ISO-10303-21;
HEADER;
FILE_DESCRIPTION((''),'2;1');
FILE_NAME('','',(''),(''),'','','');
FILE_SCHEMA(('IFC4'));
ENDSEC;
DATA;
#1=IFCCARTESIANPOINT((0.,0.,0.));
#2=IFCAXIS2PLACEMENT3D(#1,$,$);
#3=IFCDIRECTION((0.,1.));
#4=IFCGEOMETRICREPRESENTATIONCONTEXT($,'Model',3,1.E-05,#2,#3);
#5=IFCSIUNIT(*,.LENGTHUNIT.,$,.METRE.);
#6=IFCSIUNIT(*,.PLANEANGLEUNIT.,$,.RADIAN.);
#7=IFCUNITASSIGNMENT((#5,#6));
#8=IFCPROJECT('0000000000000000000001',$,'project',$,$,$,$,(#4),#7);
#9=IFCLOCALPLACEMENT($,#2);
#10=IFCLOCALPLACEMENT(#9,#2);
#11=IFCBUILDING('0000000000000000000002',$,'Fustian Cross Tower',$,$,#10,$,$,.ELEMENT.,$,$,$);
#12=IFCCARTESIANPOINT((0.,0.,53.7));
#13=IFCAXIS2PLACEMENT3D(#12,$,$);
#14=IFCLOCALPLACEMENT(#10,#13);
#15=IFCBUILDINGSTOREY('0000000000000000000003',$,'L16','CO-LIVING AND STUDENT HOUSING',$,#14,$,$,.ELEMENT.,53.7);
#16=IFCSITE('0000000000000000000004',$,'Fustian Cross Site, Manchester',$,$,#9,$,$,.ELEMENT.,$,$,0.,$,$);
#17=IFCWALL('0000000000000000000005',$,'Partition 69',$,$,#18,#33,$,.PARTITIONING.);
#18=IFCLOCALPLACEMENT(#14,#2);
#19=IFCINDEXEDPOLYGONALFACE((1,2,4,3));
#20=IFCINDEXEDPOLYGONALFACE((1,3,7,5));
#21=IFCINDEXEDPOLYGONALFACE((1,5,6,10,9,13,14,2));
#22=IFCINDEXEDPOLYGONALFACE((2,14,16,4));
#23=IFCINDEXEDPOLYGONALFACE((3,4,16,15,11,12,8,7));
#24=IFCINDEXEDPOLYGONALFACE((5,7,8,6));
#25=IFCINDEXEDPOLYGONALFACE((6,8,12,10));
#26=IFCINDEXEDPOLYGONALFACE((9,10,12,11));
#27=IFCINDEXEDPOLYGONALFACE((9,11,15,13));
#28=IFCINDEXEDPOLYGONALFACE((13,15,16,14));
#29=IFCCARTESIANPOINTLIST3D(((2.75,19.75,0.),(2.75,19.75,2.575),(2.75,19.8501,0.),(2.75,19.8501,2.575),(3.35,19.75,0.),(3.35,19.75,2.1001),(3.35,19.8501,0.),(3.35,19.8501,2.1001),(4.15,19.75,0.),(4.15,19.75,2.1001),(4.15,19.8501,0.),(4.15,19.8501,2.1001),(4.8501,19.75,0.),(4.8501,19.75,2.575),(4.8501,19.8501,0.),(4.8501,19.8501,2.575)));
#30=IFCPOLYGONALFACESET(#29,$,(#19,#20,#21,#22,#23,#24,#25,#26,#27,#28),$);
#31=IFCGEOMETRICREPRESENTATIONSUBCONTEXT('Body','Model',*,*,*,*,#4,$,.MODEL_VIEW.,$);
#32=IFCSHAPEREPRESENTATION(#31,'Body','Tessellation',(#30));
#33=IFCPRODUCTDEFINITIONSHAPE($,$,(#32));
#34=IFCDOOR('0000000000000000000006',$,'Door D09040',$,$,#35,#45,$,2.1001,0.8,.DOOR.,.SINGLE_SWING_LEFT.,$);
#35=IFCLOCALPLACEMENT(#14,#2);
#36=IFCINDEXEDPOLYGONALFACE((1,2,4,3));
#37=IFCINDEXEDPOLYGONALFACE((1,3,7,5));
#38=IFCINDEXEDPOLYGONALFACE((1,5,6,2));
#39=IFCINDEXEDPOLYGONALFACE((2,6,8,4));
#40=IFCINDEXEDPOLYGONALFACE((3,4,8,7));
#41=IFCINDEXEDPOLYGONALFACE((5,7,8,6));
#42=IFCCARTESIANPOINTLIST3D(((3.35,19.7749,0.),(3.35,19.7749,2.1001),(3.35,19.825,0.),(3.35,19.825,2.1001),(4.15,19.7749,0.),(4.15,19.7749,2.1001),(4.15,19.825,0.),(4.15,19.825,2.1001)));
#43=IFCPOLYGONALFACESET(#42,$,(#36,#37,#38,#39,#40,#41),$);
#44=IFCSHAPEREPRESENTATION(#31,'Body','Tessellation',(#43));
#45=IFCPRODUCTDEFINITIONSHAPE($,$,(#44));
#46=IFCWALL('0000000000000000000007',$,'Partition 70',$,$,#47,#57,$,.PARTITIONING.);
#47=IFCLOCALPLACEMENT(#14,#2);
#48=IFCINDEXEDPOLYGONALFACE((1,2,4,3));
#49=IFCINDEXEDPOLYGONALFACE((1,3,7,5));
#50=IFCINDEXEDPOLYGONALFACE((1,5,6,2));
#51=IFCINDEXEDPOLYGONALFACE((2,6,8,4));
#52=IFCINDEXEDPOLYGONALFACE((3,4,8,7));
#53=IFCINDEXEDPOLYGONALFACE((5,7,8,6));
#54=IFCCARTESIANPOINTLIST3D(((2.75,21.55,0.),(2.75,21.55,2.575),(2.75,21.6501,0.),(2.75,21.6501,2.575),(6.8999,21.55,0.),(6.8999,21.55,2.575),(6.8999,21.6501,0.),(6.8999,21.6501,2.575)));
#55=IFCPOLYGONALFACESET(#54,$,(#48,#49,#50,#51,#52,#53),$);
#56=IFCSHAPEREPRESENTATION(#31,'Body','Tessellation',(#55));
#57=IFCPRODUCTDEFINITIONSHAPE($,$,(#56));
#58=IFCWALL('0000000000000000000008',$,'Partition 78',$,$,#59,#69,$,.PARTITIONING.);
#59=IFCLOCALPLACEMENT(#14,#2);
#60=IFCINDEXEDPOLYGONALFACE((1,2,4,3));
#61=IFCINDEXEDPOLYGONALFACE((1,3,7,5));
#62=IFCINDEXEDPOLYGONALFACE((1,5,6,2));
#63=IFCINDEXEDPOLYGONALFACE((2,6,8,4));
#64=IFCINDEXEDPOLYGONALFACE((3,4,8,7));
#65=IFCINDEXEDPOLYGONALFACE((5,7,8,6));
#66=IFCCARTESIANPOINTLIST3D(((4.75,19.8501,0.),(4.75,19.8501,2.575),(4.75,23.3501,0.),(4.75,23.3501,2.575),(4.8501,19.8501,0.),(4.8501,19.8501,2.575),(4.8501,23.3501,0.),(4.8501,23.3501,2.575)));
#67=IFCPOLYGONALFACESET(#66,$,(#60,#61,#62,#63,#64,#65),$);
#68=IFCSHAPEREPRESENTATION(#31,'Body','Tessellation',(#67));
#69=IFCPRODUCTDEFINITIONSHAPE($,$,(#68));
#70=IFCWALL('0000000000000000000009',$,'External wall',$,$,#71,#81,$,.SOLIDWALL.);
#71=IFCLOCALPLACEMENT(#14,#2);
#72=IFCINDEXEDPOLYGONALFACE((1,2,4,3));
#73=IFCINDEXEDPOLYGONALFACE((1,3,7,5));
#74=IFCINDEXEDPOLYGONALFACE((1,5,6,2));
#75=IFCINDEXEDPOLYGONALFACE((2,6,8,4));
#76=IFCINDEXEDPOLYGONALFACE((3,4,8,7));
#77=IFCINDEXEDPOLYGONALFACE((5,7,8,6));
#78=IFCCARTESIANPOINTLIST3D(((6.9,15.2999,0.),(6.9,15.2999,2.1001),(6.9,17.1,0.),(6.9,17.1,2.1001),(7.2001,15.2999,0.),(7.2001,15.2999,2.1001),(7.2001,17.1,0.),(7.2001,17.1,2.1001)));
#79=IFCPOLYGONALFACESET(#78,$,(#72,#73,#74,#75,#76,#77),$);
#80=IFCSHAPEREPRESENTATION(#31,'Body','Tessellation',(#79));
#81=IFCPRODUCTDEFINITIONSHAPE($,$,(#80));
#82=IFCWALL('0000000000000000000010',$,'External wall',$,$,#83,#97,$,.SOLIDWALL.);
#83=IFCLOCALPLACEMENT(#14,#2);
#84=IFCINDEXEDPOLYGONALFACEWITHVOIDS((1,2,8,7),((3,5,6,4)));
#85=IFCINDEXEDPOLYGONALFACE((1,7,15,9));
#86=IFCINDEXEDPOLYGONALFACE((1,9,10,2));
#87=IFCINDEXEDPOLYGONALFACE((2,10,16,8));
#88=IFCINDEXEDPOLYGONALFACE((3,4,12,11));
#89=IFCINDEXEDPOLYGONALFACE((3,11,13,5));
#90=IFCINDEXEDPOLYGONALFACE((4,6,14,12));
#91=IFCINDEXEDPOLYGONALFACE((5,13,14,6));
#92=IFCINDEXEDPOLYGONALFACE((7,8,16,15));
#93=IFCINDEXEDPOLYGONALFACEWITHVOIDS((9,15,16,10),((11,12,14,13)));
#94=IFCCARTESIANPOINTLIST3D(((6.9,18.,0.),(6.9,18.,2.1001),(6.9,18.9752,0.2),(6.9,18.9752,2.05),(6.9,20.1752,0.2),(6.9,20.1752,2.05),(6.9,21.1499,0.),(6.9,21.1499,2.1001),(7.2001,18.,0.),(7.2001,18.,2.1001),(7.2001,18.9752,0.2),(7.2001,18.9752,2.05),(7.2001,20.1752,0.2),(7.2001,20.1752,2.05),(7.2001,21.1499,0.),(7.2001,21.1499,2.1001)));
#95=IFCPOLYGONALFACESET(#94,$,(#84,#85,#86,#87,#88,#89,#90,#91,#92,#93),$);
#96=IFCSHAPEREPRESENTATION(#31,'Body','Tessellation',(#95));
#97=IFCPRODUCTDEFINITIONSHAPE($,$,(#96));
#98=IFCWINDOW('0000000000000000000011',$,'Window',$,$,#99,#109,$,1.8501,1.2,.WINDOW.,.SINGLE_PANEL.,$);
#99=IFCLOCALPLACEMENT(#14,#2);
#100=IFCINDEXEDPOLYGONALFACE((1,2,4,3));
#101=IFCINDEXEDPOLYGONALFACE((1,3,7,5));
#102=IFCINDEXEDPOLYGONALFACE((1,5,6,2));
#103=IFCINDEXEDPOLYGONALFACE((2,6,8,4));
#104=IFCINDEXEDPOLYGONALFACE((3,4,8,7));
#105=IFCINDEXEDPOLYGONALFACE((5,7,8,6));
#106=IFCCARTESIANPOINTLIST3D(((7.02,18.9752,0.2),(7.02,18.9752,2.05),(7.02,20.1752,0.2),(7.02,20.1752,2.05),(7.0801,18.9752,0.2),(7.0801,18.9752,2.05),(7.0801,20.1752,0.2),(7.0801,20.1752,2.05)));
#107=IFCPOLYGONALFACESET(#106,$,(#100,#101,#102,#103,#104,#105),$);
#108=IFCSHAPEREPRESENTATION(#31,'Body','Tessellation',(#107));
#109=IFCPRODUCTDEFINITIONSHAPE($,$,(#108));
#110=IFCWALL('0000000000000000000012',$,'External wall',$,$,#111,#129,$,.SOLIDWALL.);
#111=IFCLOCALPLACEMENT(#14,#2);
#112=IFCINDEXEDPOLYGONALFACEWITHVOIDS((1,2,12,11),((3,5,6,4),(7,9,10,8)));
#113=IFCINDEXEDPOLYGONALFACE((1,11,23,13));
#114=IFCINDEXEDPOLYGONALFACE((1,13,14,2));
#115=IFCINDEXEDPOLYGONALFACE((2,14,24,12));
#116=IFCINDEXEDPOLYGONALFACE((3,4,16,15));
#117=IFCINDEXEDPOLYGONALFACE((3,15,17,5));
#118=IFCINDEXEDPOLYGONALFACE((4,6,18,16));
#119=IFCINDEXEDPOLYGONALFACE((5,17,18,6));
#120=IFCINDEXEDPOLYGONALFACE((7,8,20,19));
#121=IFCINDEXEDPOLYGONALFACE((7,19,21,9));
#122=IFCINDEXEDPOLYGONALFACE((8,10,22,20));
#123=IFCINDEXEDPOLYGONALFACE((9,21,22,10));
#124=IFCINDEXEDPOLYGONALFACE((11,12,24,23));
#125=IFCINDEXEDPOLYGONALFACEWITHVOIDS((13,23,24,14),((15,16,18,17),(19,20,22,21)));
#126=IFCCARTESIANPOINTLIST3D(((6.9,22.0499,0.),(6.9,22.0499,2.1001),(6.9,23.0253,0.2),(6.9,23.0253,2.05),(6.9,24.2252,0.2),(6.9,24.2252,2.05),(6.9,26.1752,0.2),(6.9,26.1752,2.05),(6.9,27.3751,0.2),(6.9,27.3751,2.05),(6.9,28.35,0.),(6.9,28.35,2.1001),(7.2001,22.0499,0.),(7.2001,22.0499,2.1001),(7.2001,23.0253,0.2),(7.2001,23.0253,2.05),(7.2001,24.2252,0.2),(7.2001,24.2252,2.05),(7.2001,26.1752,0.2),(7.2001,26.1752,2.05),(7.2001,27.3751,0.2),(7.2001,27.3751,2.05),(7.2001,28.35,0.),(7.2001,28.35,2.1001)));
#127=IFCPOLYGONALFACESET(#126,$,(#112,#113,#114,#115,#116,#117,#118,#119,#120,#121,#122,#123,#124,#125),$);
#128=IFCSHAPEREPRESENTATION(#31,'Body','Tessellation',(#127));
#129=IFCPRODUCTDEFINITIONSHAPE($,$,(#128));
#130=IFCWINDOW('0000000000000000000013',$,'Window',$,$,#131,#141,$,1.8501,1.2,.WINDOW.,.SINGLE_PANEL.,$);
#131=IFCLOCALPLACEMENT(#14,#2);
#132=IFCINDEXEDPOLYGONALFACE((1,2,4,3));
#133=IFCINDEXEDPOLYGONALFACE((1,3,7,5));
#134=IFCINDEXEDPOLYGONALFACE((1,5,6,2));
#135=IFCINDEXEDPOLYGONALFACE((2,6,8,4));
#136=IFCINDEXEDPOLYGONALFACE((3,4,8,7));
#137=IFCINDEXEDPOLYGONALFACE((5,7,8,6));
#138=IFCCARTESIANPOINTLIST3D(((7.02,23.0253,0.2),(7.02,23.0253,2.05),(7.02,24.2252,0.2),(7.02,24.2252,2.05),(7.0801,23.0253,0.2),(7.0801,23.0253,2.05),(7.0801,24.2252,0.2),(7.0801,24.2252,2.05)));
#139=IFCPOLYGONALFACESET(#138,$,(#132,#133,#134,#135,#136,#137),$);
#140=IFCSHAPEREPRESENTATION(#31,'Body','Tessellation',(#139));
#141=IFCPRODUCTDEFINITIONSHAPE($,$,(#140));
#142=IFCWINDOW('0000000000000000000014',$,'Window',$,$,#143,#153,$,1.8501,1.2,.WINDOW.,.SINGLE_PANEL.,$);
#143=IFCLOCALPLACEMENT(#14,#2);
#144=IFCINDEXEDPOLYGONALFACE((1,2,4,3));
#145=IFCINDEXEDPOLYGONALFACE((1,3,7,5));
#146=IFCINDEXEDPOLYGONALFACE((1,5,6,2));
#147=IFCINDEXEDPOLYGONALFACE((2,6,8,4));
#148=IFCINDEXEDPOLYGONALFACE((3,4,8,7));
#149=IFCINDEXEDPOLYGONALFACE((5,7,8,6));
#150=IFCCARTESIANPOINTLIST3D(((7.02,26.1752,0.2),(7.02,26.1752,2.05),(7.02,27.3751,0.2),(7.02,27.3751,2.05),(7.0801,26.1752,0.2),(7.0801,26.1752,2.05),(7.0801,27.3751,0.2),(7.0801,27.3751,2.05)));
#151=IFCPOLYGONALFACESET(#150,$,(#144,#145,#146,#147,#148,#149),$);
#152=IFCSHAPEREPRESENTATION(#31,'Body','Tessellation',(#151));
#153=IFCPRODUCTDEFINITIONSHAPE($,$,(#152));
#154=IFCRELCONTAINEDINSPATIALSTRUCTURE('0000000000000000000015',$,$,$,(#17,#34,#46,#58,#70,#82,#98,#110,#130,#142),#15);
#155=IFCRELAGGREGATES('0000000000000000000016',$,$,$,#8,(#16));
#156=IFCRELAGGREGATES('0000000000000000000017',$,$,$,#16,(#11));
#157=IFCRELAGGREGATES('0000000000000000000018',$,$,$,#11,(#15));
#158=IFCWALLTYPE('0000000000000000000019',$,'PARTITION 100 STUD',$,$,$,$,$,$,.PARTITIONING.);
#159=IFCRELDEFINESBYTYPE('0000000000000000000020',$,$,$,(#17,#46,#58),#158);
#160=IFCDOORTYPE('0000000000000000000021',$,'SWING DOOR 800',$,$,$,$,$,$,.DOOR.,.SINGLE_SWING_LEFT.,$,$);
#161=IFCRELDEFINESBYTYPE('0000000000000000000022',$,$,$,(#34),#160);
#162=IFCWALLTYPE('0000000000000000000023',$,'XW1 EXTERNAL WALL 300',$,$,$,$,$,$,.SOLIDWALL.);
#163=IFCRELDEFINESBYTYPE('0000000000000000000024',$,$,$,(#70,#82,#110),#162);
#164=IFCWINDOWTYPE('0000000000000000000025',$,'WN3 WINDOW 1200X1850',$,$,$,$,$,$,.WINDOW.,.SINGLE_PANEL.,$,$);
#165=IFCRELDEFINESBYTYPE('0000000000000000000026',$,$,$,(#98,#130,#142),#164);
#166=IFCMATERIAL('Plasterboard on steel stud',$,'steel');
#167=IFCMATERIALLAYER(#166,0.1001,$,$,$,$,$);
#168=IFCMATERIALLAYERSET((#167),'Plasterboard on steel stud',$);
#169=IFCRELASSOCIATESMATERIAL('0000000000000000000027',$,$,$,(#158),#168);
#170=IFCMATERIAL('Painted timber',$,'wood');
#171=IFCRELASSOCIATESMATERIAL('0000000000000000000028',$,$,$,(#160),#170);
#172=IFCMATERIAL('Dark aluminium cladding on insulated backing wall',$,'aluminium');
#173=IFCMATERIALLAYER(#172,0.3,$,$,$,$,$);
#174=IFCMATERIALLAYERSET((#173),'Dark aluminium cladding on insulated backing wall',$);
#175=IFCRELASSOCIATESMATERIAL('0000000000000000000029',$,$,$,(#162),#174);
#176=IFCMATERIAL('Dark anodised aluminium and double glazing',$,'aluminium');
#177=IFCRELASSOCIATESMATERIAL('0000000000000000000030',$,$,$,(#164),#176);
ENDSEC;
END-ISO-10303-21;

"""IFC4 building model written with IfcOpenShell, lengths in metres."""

from ifc_helpers import new_model, si_unit, direction, frame, frame_2d, origin, place, context, subcontext, project, spatial, rectangle, extrude, material, layer, layer_set, type_object, element, fill, save


model = new_model("IFC4")

# Units and contexts
model_context = context("Model", 3, precision=1e-05, world=origin(), true_north=direction((0.0, 1.0)))
body_context = subcontext(model_context, "Body", "Model", "MODEL_VIEW")
ifc_project = project(units=[si_unit("LENGTHUNIT", "METRE"), si_unit("PLANEANGLEUNIT", "RADIAN")], contexts=[model_context])

# Site, building, storey
site_placement = place(None, origin())
site = spatial("IfcSite", under=ifc_project, at=site_placement, Name="Fustian Cross Site, Manchester", CompositionType="ELEMENT", RefElevation=0.0)
building_placement = place(site_placement, origin())
building = spatial("IfcBuilding", under=site, at=building_placement, Name="Fustian Cross Tower", CompositionType="ELEMENT")
storey_placement = place(building_placement, frame((0.0, 0.0, 53.7)))
storey = spatial("IfcBuildingStorey", under=building, at=storey_placement, Name="L16", Description="CO-LIVING AND STUDENT HOUSING", CompositionType="ELEMENT", Elevation=53.7)

# Shared definitions
ifc_material_1 = material(Name="Plasterboard on steel stud", Category="steel")
ifc_layer_1 = layer(ifc_material_1, 0.1001)
ifc_layer_set_1 = layer_set([ifc_layer_1], Name="Plasterboard on steel stud")
wall_type_1 = type_object("IfcWallType", Name="PARTITION 100 STUD", PredefinedType="PARTITIONING", material=ifc_layer_set_1)

# Wall, opening, door
wall_1_placement = place(storey_placement, frame((2.75, 19.8, 0.0), z_axis=(0.0, 0.0, 1.0), x_axis=(1.0, 0.0, 0.0)))
wall_1 = element("IfcWall", 1, at=wall_1_placement, inside=storey, type_object=wall_type_1, Name="Partition 69", PredefinedType="PARTITIONING", context=body_context, shape_type="SweptSolid", body=[
    extrude(rectangle(XDim=2.1001, YDim=0.1001, at=frame_2d((1.05, 0.0))), origin(), (0.0, 0.0, 1.0), 2.575),
])
opening_1_placement = place(wall_1_placement, frame((0.6001, 0.0, 0.0)))
opening_1 = element("IfcOpeningElement", 2, at=opening_1_placement, cuts=wall_1, PredefinedType="OPENING", context=body_context, shape_type="SweptSolid", body=[
    extrude(rectangle(XDim=0.8, YDim=2.1001, at=frame_2d((0.3999, 1.05))), frame((0.0, 0.0601, 0.0), z_axis=(0.0, -1.0, 0.0), x_axis=(1.0, 0.0, 0.0)), (0.0, 0.0, 1.0), 0.1201),
])
ifc_material_2 = material(Name="Painted timber", Category="wood")
door_type_1 = type_object("IfcDoorType", Name="SWING DOOR 800", OperationType="SINGLE_SWING_LEFT", PredefinedType="DOOR", material=ifc_material_2)
door_1_placement = place(opening_1_placement, origin())
door_1 = element("IfcDoor", 3, at=door_1_placement, inside=storey, type_object=door_type_1, Name="Door D09040", OperationType="SINGLE_SWING_LEFT", OverallHeight=2.1001, OverallWidth=0.8, PredefinedType="DOOR", context=body_context, shape_type="SweptSolid", body=[
    extrude(rectangle(XDim=0.8, YDim=2.1001, at=frame_2d((0.3999, 1.05))), frame((0.0, 0.0249, 0.0), z_axis=(0.0, -1.0, 0.0), x_axis=(1.0, 0.0, 0.0)), (0.0, 0.0, 1.0), 0.05),
])
fill(opening_1, door_1)

# Walls
wall_2_placement = place(storey_placement, frame((2.75, 21.6001, 0.0), z_axis=(0.0, 0.0, 1.0), x_axis=(1.0, 0.0, 0.0)))
element("IfcWall", 4, at=wall_2_placement, inside=storey, type_object=wall_type_1, Name="Partition 70", PredefinedType="PARTITIONING", context=body_context, shape_type="SweptSolid", body=[
    extrude(rectangle(XDim=4.1499, YDim=0.1001, at=frame_2d((2.075, 0.0))), origin(), (0.0, 0.0, 1.0), 2.575),
])
wall_3_placement = place(storey_placement, frame((4.8, 19.8501, 0.0), z_axis=(0.0, 0.0, 1.0), x_axis=(0.0, 1.0, 0.0)))
element("IfcWall", 5, at=wall_3_placement, inside=storey, type_object=wall_type_1, Name="Partition 78", PredefinedType="PARTITIONING", context=body_context, shape_type="SweptSolid", body=[
    extrude(rectangle(XDim=3.5, YDim=0.1001, at=frame_2d((1.75, 0.0))), origin(), (0.0, 0.0, 1.0), 2.575),
])
ifc_material_3 = material(Name="Dark aluminium cladding on insulated backing wall", Category="aluminium")
ifc_layer_2 = layer(ifc_material_3, 0.3)
ifc_layer_set_2 = layer_set([ifc_layer_2], Name="Dark aluminium cladding on insulated backing wall")
wall_type_2 = type_object("IfcWallType", Name="XW1 EXTERNAL WALL 300", PredefinedType="SOLIDWALL", material=ifc_layer_set_2)
wall_4_placement = place(storey_placement, frame((7.05, 15.3, 0.0), z_axis=(0.0, 0.0, 1.0), x_axis=(0.0, 1.0, 0.0)))
element("IfcWall", 6, at=wall_4_placement, inside=storey, type_object=wall_type_2, Name="External wall", PredefinedType="SOLIDWALL", context=body_context, shape_type="SweptSolid", body=[
    extrude(rectangle(XDim=1.8, YDim=0.3, at=frame_2d((0.8999, 0.0))), origin(), (0.0, 0.0, 1.0), 2.1001),
])

# Wall, opening, window
wall_5_placement = place(storey_placement, frame((7.05, 18.0, 0.0), z_axis=(0.0, 0.0, 1.0), x_axis=(0.0, 1.0, 0.0)))
wall_5 = element("IfcWall", 7, at=wall_5_placement, inside=storey, type_object=wall_type_2, Name="External wall", PredefinedType="SOLIDWALL", context=body_context, shape_type="SweptSolid", body=[
    extrude(rectangle(XDim=3.1499, YDim=0.3, at=frame_2d((1.575, 0.0))), origin(), (0.0, 0.0, 1.0), 2.1001),
])
opening_2_placement = place(wall_5_placement, frame((0.9751, 0.0, 0.2)))
opening_2 = element("IfcOpeningElement", 8, at=opening_2_placement, cuts=wall_5, PredefinedType="OPENING", context=body_context, shape_type="SweptSolid", body=[
    extrude(rectangle(XDim=1.2, YDim=1.8501, at=frame_2d((0.6001, 0.925))), frame((0.0, 0.1599, 0.0), z_axis=(0.0, -1.0, 0.0), x_axis=(1.0, 0.0, 0.0)), (0.0, 0.0, 1.0), 0.3201),
])
ifc_material_4 = material(Name="Dark anodised aluminium and double glazing", Category="aluminium")
window_type = type_object("IfcWindowType", Name="WN3 WINDOW 1200X1850", PartitioningType="SINGLE_PANEL", PredefinedType="WINDOW", material=ifc_material_4)
window_1_placement = place(opening_2_placement, origin())
window_1 = element("IfcWindow", 9, at=window_1_placement, inside=storey, type_object=window_type, Name="Window", OverallHeight=1.8501, OverallWidth=1.2, PartitioningType="SINGLE_PANEL", PredefinedType="WINDOW", context=body_context, shape_type="SweptSolid", body=[
    extrude(rectangle(XDim=1.2, YDim=1.8501, at=frame_2d((0.6001, 0.925))), frame((0.0, 0.03, 0.0), z_axis=(0.0, -1.0, 0.0), x_axis=(1.0, 0.0, 0.0)), (0.0, 0.0, 1.0), 0.0601),
])
fill(opening_2, window_1)

# Wall, openings, windows
wall_6_placement = place(storey_placement, frame((7.05, 22.05, 0.0), z_axis=(0.0, 0.0, 1.0), x_axis=(0.0, 1.0, 0.0)))
wall_6 = element("IfcWall", 10, at=wall_6_placement, inside=storey, type_object=wall_type_2, Name="External wall", PredefinedType="SOLIDWALL", context=body_context, shape_type="SweptSolid", body=[
    extrude(rectangle(XDim=6.3, YDim=0.3, at=frame_2d((3.1499, 0.0))), origin(), (0.0, 0.0, 1.0), 2.1001),
])
opening_3_placement = place(wall_6_placement, frame((0.9751, 0.0, 0.2)))
opening_3 = element("IfcOpeningElement", 11, at=opening_3_placement, cuts=wall_6, PredefinedType="OPENING", context=body_context, shape_type="SweptSolid", body=[
    extrude(rectangle(XDim=1.2, YDim=1.8501, at=frame_2d((0.6001, 0.925))), frame((0.0, 0.1599, 0.0), z_axis=(0.0, -1.0, 0.0), x_axis=(1.0, 0.0, 0.0)), (0.0, 0.0, 1.0), 0.3201),
])
opening_4_placement = place(wall_6_placement, frame((4.125, 0.0, 0.2)))
opening_4 = element("IfcOpeningElement", 12, at=opening_4_placement, cuts=wall_6, PredefinedType="OPENING", context=body_context, shape_type="SweptSolid", body=[
    extrude(rectangle(XDim=1.2, YDim=1.8501, at=frame_2d((0.6001, 0.925))), frame((0.0, 0.1599, 0.0), z_axis=(0.0, -1.0, 0.0), x_axis=(1.0, 0.0, 0.0)), (0.0, 0.0, 1.0), 0.3201),
])
window_2_placement = place(opening_3_placement, origin())
window_2 = element("IfcWindow", 13, at=window_2_placement, inside=storey, type_object=window_type, Name="Window", OverallHeight=1.8501, OverallWidth=1.2, PartitioningType="SINGLE_PANEL", PredefinedType="WINDOW", context=body_context, shape_type="SweptSolid", body=[
    extrude(rectangle(XDim=1.2, YDim=1.8501, at=frame_2d((0.6001, 0.925))), frame((0.0, 0.03, 0.0), z_axis=(0.0, -1.0, 0.0), x_axis=(1.0, 0.0, 0.0)), (0.0, 0.0, 1.0), 0.0601),
])
fill(opening_3, window_2)
window_3_placement = place(opening_4_placement, origin())
window_3 = element("IfcWindow", 14, at=window_3_placement, inside=storey, type_object=window_type, Name="Window", OverallHeight=1.8501, OverallWidth=1.2, PartitioningType="SINGLE_PANEL", PredefinedType="WINDOW", context=body_context, shape_type="SweptSolid", body=[
    extrude(rectangle(XDim=1.2, YDim=1.8501, at=frame_2d((0.6001, 0.925))), frame((0.0, 0.03, 0.0), z_axis=(0.0, -1.0, 0.0), x_axis=(1.0, 0.0, 0.0)), (0.0, 0.0, 1.0), 0.0601),
])
fill(opening_4, window_3)

save(model, "model.ifc")
